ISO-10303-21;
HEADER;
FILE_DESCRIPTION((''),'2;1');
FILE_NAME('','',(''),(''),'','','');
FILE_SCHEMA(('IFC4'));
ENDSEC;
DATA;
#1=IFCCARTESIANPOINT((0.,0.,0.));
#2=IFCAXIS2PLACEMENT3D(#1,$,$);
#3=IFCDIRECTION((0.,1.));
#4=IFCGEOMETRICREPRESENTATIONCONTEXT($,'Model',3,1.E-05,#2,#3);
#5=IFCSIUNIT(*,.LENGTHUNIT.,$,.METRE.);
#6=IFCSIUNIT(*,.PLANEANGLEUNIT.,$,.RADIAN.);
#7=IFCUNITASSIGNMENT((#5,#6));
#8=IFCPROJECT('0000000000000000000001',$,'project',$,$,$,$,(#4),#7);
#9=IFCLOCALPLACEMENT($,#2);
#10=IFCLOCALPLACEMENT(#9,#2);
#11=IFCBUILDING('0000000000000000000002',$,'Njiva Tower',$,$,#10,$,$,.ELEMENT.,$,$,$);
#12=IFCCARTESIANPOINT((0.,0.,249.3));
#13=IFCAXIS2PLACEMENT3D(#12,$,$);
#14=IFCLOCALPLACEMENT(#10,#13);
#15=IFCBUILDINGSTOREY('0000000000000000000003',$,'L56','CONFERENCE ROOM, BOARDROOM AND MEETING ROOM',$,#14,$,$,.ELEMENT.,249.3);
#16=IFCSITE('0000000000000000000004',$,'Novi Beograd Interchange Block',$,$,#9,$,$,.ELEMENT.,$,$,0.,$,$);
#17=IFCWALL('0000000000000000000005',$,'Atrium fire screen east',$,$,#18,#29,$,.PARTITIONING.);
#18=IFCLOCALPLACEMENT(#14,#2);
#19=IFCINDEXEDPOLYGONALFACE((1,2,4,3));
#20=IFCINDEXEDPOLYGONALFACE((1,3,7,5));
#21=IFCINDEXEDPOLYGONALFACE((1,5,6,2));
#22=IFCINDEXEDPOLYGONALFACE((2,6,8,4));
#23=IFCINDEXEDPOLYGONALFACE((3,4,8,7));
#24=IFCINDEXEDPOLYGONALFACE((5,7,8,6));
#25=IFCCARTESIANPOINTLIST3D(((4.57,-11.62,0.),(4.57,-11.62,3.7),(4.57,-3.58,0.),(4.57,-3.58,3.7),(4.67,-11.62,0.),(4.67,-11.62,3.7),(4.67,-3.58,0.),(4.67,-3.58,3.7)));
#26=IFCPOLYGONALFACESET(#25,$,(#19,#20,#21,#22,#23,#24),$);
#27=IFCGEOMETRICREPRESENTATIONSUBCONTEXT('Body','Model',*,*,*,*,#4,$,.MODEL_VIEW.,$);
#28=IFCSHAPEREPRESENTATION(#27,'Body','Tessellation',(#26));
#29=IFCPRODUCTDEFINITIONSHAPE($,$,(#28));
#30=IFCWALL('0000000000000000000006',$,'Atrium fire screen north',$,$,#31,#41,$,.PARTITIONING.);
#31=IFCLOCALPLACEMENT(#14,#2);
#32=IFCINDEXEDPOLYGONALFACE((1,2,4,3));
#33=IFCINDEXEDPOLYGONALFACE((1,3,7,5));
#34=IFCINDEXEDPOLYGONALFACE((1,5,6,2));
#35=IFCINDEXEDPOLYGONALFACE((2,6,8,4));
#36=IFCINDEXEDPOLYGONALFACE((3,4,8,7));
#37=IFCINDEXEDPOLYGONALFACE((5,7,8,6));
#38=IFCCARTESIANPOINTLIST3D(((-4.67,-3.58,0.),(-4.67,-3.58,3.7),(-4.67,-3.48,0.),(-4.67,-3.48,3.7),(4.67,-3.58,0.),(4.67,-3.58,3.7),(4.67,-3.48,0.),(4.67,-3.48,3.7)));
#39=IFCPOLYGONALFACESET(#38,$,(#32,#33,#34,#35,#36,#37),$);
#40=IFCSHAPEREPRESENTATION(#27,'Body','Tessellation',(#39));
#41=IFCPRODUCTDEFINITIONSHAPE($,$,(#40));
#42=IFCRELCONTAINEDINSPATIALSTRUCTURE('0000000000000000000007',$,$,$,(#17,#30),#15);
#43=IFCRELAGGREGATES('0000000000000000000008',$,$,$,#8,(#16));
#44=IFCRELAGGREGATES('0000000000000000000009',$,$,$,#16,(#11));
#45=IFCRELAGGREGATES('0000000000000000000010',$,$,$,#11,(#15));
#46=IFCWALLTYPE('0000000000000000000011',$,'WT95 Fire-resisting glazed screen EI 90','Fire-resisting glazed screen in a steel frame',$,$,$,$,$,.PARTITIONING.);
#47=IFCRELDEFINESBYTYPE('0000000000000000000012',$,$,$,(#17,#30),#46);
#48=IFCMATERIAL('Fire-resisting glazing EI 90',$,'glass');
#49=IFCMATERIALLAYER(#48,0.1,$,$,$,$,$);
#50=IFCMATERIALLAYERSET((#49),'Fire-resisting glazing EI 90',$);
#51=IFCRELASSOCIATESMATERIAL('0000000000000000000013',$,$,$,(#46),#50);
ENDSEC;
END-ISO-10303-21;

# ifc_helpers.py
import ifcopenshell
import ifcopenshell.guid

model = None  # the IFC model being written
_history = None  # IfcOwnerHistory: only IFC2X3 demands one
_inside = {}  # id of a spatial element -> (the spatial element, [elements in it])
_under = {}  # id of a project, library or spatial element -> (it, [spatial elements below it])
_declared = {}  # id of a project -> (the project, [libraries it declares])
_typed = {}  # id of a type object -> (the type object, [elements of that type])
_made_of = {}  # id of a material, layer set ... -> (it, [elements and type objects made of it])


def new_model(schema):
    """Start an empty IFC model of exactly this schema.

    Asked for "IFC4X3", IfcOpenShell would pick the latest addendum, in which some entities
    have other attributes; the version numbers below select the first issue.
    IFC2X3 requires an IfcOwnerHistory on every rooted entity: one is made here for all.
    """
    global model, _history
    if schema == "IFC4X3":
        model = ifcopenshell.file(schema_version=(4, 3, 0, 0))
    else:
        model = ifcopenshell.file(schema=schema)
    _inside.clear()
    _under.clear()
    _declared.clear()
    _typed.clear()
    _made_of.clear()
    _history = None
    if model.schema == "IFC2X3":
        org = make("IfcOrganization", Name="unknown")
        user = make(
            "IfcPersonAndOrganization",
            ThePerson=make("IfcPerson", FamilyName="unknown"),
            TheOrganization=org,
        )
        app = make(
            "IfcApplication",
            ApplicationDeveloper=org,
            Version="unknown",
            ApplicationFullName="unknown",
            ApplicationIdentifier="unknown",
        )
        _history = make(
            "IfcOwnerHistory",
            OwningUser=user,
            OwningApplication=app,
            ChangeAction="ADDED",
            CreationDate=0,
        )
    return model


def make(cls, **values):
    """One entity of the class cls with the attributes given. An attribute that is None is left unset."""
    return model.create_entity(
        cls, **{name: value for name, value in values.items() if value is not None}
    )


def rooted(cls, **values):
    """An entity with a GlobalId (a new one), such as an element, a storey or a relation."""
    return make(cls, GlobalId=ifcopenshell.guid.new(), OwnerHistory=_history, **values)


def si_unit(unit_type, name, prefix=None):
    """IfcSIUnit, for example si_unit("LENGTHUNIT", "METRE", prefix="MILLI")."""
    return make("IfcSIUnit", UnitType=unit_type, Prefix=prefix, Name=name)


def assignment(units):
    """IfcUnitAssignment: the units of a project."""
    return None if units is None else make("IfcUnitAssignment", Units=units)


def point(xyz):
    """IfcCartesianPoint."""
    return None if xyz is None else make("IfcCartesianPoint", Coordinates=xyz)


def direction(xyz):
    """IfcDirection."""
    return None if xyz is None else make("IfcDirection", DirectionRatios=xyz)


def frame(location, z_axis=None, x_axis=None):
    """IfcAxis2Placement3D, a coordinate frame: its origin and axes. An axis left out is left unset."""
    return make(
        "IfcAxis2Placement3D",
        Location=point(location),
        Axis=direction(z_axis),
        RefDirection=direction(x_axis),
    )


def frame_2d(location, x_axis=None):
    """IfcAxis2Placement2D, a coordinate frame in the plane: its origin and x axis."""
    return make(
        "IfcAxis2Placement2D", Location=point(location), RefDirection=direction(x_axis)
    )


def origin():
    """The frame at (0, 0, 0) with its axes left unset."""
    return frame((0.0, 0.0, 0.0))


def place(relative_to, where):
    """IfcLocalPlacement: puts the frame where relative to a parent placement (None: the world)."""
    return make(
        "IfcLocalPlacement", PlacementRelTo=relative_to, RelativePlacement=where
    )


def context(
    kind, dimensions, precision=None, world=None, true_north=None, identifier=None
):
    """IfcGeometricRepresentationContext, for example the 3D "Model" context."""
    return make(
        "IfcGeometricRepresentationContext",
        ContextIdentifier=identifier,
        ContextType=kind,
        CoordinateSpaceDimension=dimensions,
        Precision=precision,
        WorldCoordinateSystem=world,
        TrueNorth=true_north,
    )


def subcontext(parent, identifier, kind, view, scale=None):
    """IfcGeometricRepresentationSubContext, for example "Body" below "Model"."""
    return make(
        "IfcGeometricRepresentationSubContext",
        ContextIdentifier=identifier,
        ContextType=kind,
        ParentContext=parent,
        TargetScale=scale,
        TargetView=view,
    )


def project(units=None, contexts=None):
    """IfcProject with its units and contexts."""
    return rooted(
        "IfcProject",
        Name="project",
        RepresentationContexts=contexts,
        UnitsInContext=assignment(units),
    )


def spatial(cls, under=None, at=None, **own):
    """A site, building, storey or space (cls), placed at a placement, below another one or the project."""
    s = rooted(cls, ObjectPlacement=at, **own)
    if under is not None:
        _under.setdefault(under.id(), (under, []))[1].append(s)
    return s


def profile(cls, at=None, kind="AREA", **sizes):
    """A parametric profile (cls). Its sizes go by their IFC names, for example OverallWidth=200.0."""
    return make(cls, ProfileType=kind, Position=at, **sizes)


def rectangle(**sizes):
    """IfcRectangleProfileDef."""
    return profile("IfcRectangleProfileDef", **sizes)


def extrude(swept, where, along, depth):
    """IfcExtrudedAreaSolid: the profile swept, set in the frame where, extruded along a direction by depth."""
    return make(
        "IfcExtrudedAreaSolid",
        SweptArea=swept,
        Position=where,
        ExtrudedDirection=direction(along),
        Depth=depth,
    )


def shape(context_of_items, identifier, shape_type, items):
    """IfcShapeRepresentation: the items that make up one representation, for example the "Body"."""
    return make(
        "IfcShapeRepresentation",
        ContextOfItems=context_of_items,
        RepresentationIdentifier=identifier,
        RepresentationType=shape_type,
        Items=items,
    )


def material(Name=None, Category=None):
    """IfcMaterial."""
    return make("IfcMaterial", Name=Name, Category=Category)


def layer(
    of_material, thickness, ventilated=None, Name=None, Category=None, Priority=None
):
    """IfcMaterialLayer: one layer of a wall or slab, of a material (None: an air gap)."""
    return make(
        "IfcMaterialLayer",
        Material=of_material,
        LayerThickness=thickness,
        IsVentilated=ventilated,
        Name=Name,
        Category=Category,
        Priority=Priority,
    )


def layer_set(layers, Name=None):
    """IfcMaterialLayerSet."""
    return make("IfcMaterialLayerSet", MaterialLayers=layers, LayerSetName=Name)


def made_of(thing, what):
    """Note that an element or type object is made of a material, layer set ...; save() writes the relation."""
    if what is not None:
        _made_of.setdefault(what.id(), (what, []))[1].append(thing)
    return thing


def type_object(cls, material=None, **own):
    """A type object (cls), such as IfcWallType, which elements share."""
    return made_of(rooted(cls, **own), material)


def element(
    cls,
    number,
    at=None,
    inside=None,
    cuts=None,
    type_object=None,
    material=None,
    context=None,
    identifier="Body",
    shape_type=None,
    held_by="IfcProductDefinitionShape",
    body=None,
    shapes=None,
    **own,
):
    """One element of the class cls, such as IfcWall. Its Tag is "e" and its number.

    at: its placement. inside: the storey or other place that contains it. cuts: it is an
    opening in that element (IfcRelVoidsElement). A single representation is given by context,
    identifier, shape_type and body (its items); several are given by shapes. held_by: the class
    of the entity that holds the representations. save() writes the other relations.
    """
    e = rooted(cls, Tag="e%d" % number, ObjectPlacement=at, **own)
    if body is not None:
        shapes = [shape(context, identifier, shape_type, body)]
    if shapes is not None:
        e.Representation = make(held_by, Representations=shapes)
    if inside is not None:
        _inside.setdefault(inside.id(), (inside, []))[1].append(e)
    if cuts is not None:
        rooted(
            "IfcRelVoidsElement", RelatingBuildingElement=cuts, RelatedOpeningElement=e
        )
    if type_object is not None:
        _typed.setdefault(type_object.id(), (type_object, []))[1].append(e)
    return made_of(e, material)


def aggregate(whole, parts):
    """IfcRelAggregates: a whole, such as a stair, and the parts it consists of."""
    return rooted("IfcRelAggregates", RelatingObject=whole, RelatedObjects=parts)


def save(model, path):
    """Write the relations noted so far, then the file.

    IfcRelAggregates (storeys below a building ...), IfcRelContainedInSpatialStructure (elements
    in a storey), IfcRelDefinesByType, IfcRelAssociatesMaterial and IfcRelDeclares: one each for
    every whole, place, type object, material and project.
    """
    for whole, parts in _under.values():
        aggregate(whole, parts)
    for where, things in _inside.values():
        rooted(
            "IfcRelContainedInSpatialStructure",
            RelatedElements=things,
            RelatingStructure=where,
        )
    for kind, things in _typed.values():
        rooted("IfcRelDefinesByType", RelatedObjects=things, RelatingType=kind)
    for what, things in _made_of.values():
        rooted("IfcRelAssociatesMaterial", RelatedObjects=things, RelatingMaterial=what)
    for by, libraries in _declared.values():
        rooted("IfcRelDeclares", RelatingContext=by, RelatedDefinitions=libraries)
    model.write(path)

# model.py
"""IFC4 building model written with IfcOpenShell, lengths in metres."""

from ifc_helpers import new_model, si_unit, direction, frame, frame_2d, origin, place, context, subcontext, project, spatial, rectangle, extrude, material, layer, layer_set, type_object, element, save


model = new_model("IFC4")

# Units and contexts
model_context = context("Model", 3, precision=1e-05, world=origin(), true_north=direction((0.0, 1.0)))
body_context = subcontext(model_context, "Body", "Model", "MODEL_VIEW")
ifc_project = project(units=[si_unit("LENGTHUNIT", "METRE"), si_unit("PLANEANGLEUNIT", "RADIAN")], contexts=[model_context])

# Site, building, storey
site_placement = place(None, origin())
site = spatial("IfcSite", under=ifc_project, at=site_placement, Name="Novi Beograd Interchange Block", CompositionType="ELEMENT", RefElevation=0.0)
building_placement = place(site_placement, origin())
building = spatial("IfcBuilding", under=site, at=building_placement, Name="Njiva Tower", CompositionType="ELEMENT")
storey_placement = place(building_placement, frame((0.0, 0.0, 249.3)))
storey = spatial("IfcBuildingStorey", under=building, at=storey_placement, Name="L56", Description="CONFERENCE ROOM, BOARDROOM AND MEETING ROOM", CompositionType="ELEMENT", Elevation=249.3)

# Walls
ifc_material_1 = material(Name="Fire-resisting glazing EI 90", Category="glass")
ifc_layer_1 = layer(ifc_material_1, 0.1)
ifc_layer_set_1 = layer_set([ifc_layer_1], Name="Fire-resisting glazing EI 90")
wall_type_1 = type_object("IfcWallType", Name="WT95 Fire-resisting glazed screen EI 90", Description="Fire-resisting glazed screen in a steel frame", PredefinedType="PARTITIONING", material=ifc_layer_set_1)
wall_1_placement = place(storey_placement, frame((4.62, -11.62, 0.0), z_axis=(0.0, 0.0, 1.0), x_axis=(0.0, 1.0, 0.0)))
element("IfcWall", 1, at=wall_1_placement, inside=storey, type_object=wall_type_1, Name="Atrium fire screen east", PredefinedType="PARTITIONING", context=body_context, shape_type="SweptSolid", body=[
    extrude(rectangle(XDim=8.04, YDim=0.1, at=frame_2d((4.02, 0.0))), origin(), (0.0, 0.0, 1.0), 3.7),
])
wall_2_placement = place(storey_placement, frame((4.67, -3.53, 0.0), z_axis=(0.0, 0.0, 1.0), x_axis=(-1.0, 0.0, 0.0)))
element("IfcWall", 2, at=wall_2_placement, inside=storey, type_object=wall_type_1, Name="Atrium fire screen north", PredefinedType="PARTITIONING", context=body_context, shape_type="SweptSolid", body=[
    extrude(rectangle(XDim=9.34, YDim=0.1, at=frame_2d((4.67, 0.0))), origin(), (0.0, 0.0, 1.0), 3.7),
])

save(model, "model.ifc")
